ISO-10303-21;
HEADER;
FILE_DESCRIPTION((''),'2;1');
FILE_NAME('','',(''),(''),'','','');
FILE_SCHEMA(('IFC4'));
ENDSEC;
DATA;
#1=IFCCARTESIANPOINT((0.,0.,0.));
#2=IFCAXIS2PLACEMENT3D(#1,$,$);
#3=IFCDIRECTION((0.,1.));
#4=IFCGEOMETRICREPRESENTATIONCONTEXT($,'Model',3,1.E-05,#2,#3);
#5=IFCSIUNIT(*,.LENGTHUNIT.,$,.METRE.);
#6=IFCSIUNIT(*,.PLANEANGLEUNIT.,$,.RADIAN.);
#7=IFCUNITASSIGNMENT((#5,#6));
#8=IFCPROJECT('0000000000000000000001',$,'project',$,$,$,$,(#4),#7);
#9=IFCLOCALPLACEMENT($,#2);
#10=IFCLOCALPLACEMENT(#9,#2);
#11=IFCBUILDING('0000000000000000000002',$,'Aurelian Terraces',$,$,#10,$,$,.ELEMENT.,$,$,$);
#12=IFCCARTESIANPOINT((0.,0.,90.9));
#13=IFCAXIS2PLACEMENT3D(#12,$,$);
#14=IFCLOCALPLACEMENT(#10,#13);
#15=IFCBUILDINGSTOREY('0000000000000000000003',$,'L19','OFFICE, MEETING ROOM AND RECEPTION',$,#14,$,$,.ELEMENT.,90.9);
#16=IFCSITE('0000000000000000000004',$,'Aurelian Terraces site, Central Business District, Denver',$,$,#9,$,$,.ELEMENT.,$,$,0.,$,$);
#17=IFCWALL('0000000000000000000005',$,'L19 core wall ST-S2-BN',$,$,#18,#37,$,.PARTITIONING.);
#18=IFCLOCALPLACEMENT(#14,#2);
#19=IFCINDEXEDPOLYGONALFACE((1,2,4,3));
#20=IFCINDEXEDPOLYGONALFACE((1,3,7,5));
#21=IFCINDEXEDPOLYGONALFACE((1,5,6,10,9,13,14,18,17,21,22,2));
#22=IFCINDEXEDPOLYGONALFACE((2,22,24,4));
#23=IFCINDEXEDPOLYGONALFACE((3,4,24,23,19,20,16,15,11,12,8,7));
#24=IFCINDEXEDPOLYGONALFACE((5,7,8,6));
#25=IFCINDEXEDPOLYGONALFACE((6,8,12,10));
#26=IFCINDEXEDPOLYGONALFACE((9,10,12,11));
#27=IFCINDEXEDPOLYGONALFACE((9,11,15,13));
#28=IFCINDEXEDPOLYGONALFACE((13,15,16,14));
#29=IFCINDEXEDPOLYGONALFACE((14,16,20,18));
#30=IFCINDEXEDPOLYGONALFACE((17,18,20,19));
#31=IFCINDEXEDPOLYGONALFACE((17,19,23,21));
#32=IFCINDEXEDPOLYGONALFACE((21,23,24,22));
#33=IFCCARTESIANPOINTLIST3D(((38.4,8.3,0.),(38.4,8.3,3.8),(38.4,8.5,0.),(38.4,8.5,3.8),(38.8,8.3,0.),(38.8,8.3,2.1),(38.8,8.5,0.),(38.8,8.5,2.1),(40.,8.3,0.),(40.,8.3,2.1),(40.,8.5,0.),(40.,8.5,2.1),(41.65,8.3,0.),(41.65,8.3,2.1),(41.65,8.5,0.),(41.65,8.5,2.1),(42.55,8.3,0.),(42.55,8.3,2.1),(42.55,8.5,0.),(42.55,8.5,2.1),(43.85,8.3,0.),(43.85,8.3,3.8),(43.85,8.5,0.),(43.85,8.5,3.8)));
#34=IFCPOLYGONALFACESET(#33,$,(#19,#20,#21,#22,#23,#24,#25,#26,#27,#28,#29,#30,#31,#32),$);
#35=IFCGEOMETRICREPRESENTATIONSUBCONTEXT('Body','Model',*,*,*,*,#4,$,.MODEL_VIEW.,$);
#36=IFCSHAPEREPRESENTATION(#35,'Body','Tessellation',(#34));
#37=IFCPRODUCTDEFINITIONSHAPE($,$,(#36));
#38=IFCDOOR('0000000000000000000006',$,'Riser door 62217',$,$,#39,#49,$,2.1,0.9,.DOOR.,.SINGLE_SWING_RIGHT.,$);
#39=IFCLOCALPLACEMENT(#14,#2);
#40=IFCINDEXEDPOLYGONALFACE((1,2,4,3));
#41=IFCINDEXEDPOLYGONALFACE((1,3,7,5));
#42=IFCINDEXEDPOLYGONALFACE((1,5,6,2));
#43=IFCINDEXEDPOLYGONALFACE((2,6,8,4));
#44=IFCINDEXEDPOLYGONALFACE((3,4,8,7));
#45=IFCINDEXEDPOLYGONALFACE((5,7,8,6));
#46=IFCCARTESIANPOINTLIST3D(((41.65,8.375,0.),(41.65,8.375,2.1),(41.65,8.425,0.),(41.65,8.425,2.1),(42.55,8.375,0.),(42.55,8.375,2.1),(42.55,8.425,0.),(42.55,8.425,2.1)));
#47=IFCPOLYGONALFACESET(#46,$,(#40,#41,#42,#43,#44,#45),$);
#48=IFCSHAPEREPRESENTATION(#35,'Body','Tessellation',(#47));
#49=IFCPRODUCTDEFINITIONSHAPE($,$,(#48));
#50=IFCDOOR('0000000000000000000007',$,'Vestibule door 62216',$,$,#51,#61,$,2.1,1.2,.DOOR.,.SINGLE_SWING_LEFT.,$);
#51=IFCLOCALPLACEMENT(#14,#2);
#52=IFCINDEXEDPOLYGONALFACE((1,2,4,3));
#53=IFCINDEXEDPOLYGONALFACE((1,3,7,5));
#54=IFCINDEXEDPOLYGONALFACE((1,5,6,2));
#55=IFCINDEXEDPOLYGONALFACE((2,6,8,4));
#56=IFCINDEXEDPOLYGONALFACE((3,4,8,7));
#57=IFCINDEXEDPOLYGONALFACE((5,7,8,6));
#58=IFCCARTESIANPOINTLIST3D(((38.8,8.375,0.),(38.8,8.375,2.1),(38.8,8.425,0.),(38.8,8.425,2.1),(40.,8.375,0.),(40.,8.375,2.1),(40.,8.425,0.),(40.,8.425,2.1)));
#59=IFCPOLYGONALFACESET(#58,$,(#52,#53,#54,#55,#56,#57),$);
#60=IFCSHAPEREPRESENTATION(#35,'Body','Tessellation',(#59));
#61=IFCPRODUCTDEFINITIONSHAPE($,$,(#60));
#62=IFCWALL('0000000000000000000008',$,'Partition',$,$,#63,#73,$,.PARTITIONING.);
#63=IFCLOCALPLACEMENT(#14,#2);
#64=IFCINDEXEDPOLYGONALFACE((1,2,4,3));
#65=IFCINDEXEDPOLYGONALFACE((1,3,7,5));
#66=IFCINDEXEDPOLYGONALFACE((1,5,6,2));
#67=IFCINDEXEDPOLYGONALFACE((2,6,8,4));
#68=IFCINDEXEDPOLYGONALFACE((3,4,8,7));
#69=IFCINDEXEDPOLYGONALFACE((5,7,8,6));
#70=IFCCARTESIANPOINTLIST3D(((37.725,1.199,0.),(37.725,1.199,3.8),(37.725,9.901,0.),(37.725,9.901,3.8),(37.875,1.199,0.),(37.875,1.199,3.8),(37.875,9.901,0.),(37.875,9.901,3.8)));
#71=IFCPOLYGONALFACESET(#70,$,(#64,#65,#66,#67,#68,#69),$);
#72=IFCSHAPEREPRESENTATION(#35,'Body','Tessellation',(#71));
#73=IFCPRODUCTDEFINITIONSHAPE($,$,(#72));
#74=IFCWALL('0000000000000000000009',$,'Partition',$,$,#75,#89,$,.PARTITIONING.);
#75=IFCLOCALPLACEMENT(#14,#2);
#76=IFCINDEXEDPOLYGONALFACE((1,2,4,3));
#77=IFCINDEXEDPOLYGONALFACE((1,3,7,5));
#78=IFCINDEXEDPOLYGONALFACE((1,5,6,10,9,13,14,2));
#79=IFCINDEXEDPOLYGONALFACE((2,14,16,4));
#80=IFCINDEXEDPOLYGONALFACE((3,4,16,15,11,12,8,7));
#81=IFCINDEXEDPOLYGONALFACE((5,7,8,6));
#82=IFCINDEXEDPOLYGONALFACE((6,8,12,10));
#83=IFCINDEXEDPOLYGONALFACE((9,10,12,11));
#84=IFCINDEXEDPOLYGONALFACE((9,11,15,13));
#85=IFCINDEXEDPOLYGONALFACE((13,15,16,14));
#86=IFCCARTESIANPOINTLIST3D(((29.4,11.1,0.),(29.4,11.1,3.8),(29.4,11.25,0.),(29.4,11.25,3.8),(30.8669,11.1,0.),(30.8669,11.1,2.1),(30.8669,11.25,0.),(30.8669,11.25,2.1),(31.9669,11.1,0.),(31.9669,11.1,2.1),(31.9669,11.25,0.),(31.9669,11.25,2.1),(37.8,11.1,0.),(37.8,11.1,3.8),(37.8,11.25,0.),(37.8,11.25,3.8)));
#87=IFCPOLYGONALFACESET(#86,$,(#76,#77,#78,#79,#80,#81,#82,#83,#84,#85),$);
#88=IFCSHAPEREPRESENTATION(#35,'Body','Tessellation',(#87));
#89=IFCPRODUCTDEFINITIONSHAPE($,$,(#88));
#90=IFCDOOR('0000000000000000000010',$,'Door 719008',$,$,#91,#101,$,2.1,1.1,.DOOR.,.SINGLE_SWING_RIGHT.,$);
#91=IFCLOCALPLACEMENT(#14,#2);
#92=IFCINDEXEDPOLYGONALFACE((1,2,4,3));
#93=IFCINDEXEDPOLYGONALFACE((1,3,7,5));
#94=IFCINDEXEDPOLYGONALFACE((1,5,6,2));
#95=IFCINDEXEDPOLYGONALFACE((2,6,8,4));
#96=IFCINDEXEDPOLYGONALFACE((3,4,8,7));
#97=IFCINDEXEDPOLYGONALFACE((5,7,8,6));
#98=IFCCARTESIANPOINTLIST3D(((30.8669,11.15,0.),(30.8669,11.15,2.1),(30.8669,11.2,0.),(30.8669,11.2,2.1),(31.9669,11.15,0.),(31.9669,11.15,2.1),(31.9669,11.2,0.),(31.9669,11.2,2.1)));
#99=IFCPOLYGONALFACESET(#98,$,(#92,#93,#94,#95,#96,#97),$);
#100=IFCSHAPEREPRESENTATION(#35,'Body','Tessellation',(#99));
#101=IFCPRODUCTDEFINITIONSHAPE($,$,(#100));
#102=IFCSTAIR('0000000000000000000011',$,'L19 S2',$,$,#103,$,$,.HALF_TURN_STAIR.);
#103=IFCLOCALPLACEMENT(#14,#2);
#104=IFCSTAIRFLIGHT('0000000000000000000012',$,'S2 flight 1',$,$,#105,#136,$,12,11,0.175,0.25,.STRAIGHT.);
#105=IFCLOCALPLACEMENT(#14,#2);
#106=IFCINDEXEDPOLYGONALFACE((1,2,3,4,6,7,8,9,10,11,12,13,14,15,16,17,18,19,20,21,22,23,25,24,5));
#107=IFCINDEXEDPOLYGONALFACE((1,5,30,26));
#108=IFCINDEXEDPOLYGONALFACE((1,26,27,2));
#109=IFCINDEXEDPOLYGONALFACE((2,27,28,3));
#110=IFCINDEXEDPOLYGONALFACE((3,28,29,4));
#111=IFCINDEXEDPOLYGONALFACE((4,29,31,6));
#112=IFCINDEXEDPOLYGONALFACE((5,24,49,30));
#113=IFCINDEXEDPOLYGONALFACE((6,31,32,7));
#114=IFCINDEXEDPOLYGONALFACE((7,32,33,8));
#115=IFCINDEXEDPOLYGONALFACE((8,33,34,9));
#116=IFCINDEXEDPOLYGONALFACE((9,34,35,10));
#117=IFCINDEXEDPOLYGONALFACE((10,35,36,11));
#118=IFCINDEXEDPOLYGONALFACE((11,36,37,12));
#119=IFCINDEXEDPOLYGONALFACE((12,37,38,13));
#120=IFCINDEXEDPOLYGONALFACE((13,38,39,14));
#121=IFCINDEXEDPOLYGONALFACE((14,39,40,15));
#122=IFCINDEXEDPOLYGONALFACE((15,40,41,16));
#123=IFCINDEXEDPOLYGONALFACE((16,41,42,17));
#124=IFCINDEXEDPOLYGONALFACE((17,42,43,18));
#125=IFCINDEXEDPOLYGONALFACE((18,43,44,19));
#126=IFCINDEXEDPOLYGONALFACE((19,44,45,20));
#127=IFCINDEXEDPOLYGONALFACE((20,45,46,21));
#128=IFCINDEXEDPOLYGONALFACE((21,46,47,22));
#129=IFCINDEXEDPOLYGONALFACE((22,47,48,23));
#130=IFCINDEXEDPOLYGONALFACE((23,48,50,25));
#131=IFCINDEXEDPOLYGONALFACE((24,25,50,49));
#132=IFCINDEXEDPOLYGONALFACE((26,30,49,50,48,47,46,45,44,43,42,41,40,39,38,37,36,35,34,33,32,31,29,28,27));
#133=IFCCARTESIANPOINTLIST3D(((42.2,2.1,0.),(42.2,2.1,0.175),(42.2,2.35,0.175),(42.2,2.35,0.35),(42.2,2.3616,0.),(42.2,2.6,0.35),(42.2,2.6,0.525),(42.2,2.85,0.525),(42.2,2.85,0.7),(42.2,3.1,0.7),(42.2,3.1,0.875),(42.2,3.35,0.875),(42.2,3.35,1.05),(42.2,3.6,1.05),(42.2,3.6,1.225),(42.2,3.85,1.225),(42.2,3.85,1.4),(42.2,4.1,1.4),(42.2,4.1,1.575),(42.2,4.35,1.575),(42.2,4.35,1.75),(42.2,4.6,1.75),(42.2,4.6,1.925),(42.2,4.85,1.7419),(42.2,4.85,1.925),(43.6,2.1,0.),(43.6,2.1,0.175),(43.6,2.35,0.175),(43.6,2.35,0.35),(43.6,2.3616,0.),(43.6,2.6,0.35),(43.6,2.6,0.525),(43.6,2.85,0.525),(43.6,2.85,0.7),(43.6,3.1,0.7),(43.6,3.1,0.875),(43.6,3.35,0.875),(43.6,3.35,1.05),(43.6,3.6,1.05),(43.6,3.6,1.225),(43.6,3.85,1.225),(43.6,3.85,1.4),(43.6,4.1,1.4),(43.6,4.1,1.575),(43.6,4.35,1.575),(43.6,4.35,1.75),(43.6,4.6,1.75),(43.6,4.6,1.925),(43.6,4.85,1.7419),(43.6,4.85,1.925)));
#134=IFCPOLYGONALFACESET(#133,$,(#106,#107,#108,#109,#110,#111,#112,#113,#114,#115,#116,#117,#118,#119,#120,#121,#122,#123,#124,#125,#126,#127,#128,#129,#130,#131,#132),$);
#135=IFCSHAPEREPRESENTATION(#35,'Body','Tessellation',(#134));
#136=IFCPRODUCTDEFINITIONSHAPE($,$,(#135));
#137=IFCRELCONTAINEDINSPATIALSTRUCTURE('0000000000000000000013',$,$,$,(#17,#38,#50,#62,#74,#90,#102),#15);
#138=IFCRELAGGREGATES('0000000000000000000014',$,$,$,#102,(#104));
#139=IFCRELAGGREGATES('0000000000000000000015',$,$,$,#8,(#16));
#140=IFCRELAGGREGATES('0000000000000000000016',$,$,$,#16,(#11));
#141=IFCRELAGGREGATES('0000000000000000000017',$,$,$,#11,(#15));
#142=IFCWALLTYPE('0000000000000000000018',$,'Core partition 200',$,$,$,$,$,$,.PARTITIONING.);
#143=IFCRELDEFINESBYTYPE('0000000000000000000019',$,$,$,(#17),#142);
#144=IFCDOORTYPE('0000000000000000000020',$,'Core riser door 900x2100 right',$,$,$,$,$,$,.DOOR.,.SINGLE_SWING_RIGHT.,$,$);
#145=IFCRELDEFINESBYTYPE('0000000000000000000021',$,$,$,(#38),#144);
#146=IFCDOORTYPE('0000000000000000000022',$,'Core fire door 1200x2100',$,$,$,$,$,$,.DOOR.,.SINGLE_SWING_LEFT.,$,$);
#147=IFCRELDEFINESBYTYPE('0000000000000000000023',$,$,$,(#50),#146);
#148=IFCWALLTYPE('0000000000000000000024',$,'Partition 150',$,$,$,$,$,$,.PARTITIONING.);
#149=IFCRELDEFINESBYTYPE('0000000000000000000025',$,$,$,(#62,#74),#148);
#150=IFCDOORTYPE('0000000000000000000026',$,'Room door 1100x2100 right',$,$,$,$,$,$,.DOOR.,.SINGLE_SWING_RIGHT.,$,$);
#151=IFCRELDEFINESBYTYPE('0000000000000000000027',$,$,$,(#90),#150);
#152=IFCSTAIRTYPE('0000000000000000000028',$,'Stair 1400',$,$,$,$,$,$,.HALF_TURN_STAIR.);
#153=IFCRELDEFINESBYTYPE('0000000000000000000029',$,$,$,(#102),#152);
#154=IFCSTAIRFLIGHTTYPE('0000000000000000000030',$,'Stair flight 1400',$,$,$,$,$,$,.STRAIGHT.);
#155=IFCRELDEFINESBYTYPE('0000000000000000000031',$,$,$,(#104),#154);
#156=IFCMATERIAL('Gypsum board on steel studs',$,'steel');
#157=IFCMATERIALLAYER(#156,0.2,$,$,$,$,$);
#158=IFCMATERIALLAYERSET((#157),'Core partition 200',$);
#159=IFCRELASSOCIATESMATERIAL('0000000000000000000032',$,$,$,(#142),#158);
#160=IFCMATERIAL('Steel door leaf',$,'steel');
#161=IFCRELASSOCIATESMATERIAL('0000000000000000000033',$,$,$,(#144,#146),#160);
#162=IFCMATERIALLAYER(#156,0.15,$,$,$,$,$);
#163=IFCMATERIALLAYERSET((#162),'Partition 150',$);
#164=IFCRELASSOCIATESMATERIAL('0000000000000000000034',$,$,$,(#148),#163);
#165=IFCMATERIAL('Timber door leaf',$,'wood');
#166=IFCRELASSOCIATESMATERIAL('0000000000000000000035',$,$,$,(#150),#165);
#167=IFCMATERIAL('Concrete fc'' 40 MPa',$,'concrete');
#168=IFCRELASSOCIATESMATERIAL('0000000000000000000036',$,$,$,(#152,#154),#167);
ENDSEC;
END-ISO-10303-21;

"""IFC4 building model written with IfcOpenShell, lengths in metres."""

from ifc_helpers import new_model, si_unit, direction, frame, frame_2d, origin, place, context, subcontext, project, spatial, polyline, rectangle, outline, extrude, source, transform, mapped, material, layer, layer_set, type_object, element, fill, aggregate, save


model = new_model("IFC4")

# Units and contexts
model_context = context("Model", 3, precision=1e-05, world=origin(), true_north=direction((0.0, 1.0)))
body_context = subcontext(model_context, "Body", "Model", "MODEL_VIEW")
ifc_project = project(units=[si_unit("LENGTHUNIT", "METRE"), si_unit("PLANEANGLEUNIT", "RADIAN")], contexts=[model_context])

# Site, building, storey
site_placement = place(None, origin())
site = spatial("IfcSite", under=ifc_project, at=site_placement, Name="Aurelian Terraces site, Central Business District, Denver", CompositionType="ELEMENT", RefElevation=0.0)
building_placement = place(site_placement, origin())
building = spatial("IfcBuilding", under=site, at=building_placement, Name="Aurelian Terraces", CompositionType="ELEMENT")
storey_placement = place(building_placement, frame((0.0, 0.0, 90.9)))
storey = spatial("IfcBuildingStorey", under=building, at=storey_placement, Name="L19", Description="OFFICE, MEETING ROOM AND RECEPTION", CompositionType="ELEMENT", Elevation=90.9)

# Shared definitions
ifc_material_1 = material(Name="Concrete fc' 40 MPa", Category="concrete")

# Shared definitions
ifc_material_2 = material(Name="Steel door leaf", Category="steel")
shared_shape_1 = source(origin(), body_context, "Body", "SweptSolid", [
    extrude(rectangle(XDim=1.1, YDim=2.1, at=frame_2d((0.55, 1.05))), frame((0.0, 0.025, 0.0), z_axis=(0.0, -1.0, 0.0), x_axis=(1.0, 0.0, 0.0)), (0.0, 0.0, 1.0), 0.05),
])

# Shared definitions
ifc_material_3 = material(Name="Gypsum board on steel studs", Category="steel")
ifc_layer_1 = layer(ifc_material_3, 0.2)
ifc_layer_set_1 = layer_set([ifc_layer_1], Name="Core partition 200")
wall_type_1 = type_object("IfcWallType", Name="Core partition 200", PredefinedType="PARTITIONING", material=ifc_layer_set_1)

# Wall, openings, doors
shared_shape_2 = source(origin(), body_context, "Body", "SweptSolid", [
    extrude(rectangle(XDim=5.45, YDim=0.2, at=frame_2d((2.725, 0.0))), origin(), (0.0, 0.0, 1.0), 3.8),
])
wall_1_placement = place(storey_placement, frame((38.4, 8.4, 0.0), z_axis=(0.0, 0.0, 1.0), x_axis=(1.0, 0.0, 0.0)))
wall_1 = element("IfcWall", 1, at=wall_1_placement, inside=storey, type_object=wall_type_1, Name="L19 core wall ST-S2-BN", PredefinedType="PARTITIONING", context=body_context, shape_type="MappedRepresentation", body=[
    mapped(shared_shape_2, transform((0.0, 0.0, 0.0), scale=1.0)),
])
shared_shape_3 = source(origin(), body_context, "Body", "SweptSolid", [
    extrude(rectangle(XDim=1.2, YDim=2.1, at=frame_2d((0.6, 1.05))), frame((0.0, 0.11, 0.0), z_axis=(0.0, -1.0, 0.0), x_axis=(1.0, 0.0, 0.0)), (0.0, 0.0, 1.0), 0.22),
])
opening_1_placement = place(wall_1_placement, frame((0.4, 0.0, 0.0)))
opening_1 = element("IfcOpeningElement", 2, at=opening_1_placement, cuts=wall_1, PredefinedType="OPENING", context=body_context, shape_type="MappedRepresentation", body=[
    mapped(shared_shape_3, transform((0.0, 0.0, 0.0), scale=1.0)),
])
shared_shape_4 = source(origin(), body_context, "Body", "SweptSolid", [
    extrude(rectangle(XDim=0.9, YDim=2.1, at=frame_2d((0.45, 1.05))), frame((0.0, 0.11, 0.0), z_axis=(0.0, -1.0, 0.0), x_axis=(1.0, 0.0, 0.0)), (0.0, 0.0, 1.0), 0.22),
])
opening_2_placement = place(wall_1_placement, frame((3.25, 0.0, 0.0)))
opening_2 = element("IfcOpeningElement", 3, at=opening_2_placement, cuts=wall_1, PredefinedType="OPENING", context=body_context, shape_type="MappedRepresentation", body=[
    mapped(shared_shape_4, transform((0.0, 0.0, 0.0), scale=1.0)),
])
door_type_1 = type_object("IfcDoorType", Name="Core riser door 900x2100 right", OperationType="SINGLE_SWING_RIGHT", PredefinedType="DOOR", material=ifc_material_2)
shared_shape_5 = source(origin(), body_context, "Body", "SweptSolid", [
    extrude(rectangle(XDim=0.9, YDim=2.1, at=frame_2d((0.45, 1.05))), frame((0.0, 0.025, 0.0), z_axis=(0.0, -1.0, 0.0), x_axis=(1.0, 0.0, 0.0)), (0.0, 0.0, 1.0), 0.05),
])
door_1_placement = place(opening_2_placement, origin())
door_1 = element("IfcDoor", 4, at=door_1_placement, inside=storey, type_object=door_type_1, Name="Riser door 62217", OperationType="SINGLE_SWING_RIGHT", OverallHeight=2.1, OverallWidth=0.9, PredefinedType="DOOR", context=body_context, shape_type="MappedRepresentation", body=[
    mapped(shared_shape_5, transform((0.0, 0.0, 0.0), scale=1.0)),
])
fill(opening_2, door_1)
door_type_2 = type_object("IfcDoorType", Name="Core fire door 1200x2100", OperationType="SINGLE_SWING_LEFT", PredefinedType="DOOR", material=ifc_material_2)
shared_shape_6 = source(origin(), body_context, "Body", "SweptSolid", [
    extrude(rectangle(XDim=1.2, YDim=2.1, at=frame_2d((0.6, 1.05))), frame((0.0, 0.025, 0.0), z_axis=(0.0, -1.0, 0.0), x_axis=(1.0, 0.0, 0.0)), (0.0, 0.0, 1.0), 0.05),
])
door_2_placement = place(opening_1_placement, origin())
door_2 = element("IfcDoor", 5, at=door_2_placement, inside=storey, type_object=door_type_2, Name="Vestibule door 62216", OperationType="SINGLE_SWING_LEFT", OverallHeight=2.1, OverallWidth=1.2, PredefinedType="DOOR", context=body_context, shape_type="MappedRepresentation", body=[
    mapped(shared_shape_6, transform((0.0, 0.0, 0.0), scale=1.0)),
])
fill(opening_1, door_2)

# Wall
ifc_layer_2 = layer(ifc_material_3, 0.15)
ifc_layer_set_2 = layer_set([ifc_layer_2], Name="Partition 150")
wall_type_2 = type_object("IfcWallType", Name="Partition 150", PredefinedType="PARTITIONING", material=ifc_layer_set_2)
shared_shape_7 = source(origin(), body_context, "Body", "SweptSolid", [
    extrude(rectangle(XDim=8.702, YDim=0.15, at=frame_2d((4.351, 0.0))), origin(), (0.0, 0.0, 1.0), 3.8),
])
wall_2_placement = place(storey_placement, frame((37.8, 1.199, 0.0), z_axis=(0.0, 0.0, 1.0), x_axis=(0.0, 1.0, 0.0)))
element("IfcWall", 6, at=wall_2_placement, inside=storey, type_object=wall_type_2, Name="Partition", PredefinedType="PARTITIONING", context=body_context, shape_type="MappedRepresentation", body=[
    mapped(shared_shape_7, transform((0.0, 0.0, 0.0), scale=1.0)),
])

# Wall, opening, door
shared_shape_8 = source(origin(), body_context, "Body", "SweptSolid", [
    extrude(rectangle(XDim=8.4, YDim=0.15, at=frame_2d((4.2, 0.0))), origin(), (0.0, 0.0, 1.0), 3.8),
])
wall_3_placement = place(storey_placement, frame((37.8, 11.175, 0.0), z_axis=(0.0, 0.0, 1.0), x_axis=(-1.0, 0.0, 0.0)))
wall_3 = element("IfcWall", 7, at=wall_3_placement, inside=storey, type_object=wall_type_2, Name="Partition", PredefinedType="PARTITIONING", context=body_context, shape_type="MappedRepresentation", body=[
    mapped(shared_shape_8, transform((0.0, 0.0, 0.0), scale=1.0)),
])
shared_shape_9 = source(origin(), body_context, "Body", "SweptSolid", [
    extrude(rectangle(XDim=1.1, YDim=2.1, at=frame_2d((0.55, 1.05))), frame((0.0, 0.085, 0.0), z_axis=(0.0, -1.0, 0.0), x_axis=(1.0, 0.0, 0.0)), (0.0, 0.0, 1.0), 0.17),
])
opening_3_placement = place(wall_3_placement, frame((5.8331, 0.0, 0.0)))
opening_3 = element("IfcOpeningElement", 8, at=opening_3_placement, cuts=wall_3, PredefinedType="OPENING", context=body_context, shape_type="MappedRepresentation", body=[
    mapped(shared_shape_9, transform((0.0, 0.0, 0.0), scale=1.0)),
])
ifc_material_4 = material(Name="Timber door leaf", Category="wood")
door_type_3 = type_object("IfcDoorType", Name="Room door 1100x2100 right", OperationType="SINGLE_SWING_RIGHT", PredefinedType="DOOR", material=ifc_material_4)
door_3_placement = place(opening_3_placement, origin())
door_3 = element("IfcDoor", 9, at=door_3_placement, inside=storey, type_object=door_type_3, Name="Door 719008", OperationType="SINGLE_SWING_RIGHT", OverallHeight=2.1, OverallWidth=1.1, PredefinedType="DOOR", context=body_context, shape_type="MappedRepresentation", body=[
    mapped(shared_shape_1, transform((0.0, 0.0, 0.0), scale=1.0)),
])
fill(opening_3, door_3)

# Stair, stair flight
stair_type = type_object("IfcStairType", Name="Stair 1400", PredefinedType="HALF_TURN_STAIR", material=ifc_material_1)
stair_placement = place(storey_placement, origin())
stair = element("IfcStair", 10, at=stair_placement, inside=storey, type_object=stair_type, Name="L19 S2", PredefinedType="HALF_TURN_STAIR")
stair_flight_type = type_object("IfcStairFlightType", Name="Stair flight 1400", PredefinedType="STRAIGHT", material=ifc_material_1)
shared_shape_10 = source(origin(), body_context, "Body", "SweptSolid", [
    extrude(outline(polyline([(0.0, 0.0), (0.0, 0.175), (0.25, 0.175), (0.25, 0.35), (0.5, 0.35), (0.5, 0.525), (0.75, 0.525), (0.75, 0.7), (1.0, 0.7), (1.0, 0.875), (1.25, 0.875), (1.25, 1.05), (1.5, 1.05), (1.5, 1.225), (1.75, 1.225), (1.75, 1.4), (2.0, 1.4), (2.0, 1.575), (2.25, 1.575), (2.25, 1.75), (2.5, 1.75), (2.5, 1.925), (2.75, 1.925), (2.75, 2.1), (2.75, 1.7419), (0.2616, 0.0), (0.0, 0.0)])), frame((0.0, 0.7, 0.0), z_axis=(0.0, -1.0, 0.0), x_axis=(1.0, 0.0, 0.0)), (0.0, 0.0, 1.0), 1.4),
])
stair_flight_1_placement = place(storey_placement, frame((42.9, 2.1, 0.0), z_axis=(0.0, 0.0, 1.0), x_axis=(0.0, 1.0, 0.0)))
stair_flight_1 = element("IfcStairFlight", 11, at=stair_flight_1_placement, type_object=stair_flight_type, Name="S2 flight 1", NumberOfRisers=12, NumberOfTreads=11, PredefinedType="STRAIGHT", RiserHeight=0.175, TreadLength=0.25, context=body_context, shape_type="MappedRepresentation", body=[
    mapped(shared_shape_10, transform((0.0, 0.0, 0.0), scale=1.0)),
])
aggregate(stair, [stair_flight_1])

save(model, "model.ifc")
